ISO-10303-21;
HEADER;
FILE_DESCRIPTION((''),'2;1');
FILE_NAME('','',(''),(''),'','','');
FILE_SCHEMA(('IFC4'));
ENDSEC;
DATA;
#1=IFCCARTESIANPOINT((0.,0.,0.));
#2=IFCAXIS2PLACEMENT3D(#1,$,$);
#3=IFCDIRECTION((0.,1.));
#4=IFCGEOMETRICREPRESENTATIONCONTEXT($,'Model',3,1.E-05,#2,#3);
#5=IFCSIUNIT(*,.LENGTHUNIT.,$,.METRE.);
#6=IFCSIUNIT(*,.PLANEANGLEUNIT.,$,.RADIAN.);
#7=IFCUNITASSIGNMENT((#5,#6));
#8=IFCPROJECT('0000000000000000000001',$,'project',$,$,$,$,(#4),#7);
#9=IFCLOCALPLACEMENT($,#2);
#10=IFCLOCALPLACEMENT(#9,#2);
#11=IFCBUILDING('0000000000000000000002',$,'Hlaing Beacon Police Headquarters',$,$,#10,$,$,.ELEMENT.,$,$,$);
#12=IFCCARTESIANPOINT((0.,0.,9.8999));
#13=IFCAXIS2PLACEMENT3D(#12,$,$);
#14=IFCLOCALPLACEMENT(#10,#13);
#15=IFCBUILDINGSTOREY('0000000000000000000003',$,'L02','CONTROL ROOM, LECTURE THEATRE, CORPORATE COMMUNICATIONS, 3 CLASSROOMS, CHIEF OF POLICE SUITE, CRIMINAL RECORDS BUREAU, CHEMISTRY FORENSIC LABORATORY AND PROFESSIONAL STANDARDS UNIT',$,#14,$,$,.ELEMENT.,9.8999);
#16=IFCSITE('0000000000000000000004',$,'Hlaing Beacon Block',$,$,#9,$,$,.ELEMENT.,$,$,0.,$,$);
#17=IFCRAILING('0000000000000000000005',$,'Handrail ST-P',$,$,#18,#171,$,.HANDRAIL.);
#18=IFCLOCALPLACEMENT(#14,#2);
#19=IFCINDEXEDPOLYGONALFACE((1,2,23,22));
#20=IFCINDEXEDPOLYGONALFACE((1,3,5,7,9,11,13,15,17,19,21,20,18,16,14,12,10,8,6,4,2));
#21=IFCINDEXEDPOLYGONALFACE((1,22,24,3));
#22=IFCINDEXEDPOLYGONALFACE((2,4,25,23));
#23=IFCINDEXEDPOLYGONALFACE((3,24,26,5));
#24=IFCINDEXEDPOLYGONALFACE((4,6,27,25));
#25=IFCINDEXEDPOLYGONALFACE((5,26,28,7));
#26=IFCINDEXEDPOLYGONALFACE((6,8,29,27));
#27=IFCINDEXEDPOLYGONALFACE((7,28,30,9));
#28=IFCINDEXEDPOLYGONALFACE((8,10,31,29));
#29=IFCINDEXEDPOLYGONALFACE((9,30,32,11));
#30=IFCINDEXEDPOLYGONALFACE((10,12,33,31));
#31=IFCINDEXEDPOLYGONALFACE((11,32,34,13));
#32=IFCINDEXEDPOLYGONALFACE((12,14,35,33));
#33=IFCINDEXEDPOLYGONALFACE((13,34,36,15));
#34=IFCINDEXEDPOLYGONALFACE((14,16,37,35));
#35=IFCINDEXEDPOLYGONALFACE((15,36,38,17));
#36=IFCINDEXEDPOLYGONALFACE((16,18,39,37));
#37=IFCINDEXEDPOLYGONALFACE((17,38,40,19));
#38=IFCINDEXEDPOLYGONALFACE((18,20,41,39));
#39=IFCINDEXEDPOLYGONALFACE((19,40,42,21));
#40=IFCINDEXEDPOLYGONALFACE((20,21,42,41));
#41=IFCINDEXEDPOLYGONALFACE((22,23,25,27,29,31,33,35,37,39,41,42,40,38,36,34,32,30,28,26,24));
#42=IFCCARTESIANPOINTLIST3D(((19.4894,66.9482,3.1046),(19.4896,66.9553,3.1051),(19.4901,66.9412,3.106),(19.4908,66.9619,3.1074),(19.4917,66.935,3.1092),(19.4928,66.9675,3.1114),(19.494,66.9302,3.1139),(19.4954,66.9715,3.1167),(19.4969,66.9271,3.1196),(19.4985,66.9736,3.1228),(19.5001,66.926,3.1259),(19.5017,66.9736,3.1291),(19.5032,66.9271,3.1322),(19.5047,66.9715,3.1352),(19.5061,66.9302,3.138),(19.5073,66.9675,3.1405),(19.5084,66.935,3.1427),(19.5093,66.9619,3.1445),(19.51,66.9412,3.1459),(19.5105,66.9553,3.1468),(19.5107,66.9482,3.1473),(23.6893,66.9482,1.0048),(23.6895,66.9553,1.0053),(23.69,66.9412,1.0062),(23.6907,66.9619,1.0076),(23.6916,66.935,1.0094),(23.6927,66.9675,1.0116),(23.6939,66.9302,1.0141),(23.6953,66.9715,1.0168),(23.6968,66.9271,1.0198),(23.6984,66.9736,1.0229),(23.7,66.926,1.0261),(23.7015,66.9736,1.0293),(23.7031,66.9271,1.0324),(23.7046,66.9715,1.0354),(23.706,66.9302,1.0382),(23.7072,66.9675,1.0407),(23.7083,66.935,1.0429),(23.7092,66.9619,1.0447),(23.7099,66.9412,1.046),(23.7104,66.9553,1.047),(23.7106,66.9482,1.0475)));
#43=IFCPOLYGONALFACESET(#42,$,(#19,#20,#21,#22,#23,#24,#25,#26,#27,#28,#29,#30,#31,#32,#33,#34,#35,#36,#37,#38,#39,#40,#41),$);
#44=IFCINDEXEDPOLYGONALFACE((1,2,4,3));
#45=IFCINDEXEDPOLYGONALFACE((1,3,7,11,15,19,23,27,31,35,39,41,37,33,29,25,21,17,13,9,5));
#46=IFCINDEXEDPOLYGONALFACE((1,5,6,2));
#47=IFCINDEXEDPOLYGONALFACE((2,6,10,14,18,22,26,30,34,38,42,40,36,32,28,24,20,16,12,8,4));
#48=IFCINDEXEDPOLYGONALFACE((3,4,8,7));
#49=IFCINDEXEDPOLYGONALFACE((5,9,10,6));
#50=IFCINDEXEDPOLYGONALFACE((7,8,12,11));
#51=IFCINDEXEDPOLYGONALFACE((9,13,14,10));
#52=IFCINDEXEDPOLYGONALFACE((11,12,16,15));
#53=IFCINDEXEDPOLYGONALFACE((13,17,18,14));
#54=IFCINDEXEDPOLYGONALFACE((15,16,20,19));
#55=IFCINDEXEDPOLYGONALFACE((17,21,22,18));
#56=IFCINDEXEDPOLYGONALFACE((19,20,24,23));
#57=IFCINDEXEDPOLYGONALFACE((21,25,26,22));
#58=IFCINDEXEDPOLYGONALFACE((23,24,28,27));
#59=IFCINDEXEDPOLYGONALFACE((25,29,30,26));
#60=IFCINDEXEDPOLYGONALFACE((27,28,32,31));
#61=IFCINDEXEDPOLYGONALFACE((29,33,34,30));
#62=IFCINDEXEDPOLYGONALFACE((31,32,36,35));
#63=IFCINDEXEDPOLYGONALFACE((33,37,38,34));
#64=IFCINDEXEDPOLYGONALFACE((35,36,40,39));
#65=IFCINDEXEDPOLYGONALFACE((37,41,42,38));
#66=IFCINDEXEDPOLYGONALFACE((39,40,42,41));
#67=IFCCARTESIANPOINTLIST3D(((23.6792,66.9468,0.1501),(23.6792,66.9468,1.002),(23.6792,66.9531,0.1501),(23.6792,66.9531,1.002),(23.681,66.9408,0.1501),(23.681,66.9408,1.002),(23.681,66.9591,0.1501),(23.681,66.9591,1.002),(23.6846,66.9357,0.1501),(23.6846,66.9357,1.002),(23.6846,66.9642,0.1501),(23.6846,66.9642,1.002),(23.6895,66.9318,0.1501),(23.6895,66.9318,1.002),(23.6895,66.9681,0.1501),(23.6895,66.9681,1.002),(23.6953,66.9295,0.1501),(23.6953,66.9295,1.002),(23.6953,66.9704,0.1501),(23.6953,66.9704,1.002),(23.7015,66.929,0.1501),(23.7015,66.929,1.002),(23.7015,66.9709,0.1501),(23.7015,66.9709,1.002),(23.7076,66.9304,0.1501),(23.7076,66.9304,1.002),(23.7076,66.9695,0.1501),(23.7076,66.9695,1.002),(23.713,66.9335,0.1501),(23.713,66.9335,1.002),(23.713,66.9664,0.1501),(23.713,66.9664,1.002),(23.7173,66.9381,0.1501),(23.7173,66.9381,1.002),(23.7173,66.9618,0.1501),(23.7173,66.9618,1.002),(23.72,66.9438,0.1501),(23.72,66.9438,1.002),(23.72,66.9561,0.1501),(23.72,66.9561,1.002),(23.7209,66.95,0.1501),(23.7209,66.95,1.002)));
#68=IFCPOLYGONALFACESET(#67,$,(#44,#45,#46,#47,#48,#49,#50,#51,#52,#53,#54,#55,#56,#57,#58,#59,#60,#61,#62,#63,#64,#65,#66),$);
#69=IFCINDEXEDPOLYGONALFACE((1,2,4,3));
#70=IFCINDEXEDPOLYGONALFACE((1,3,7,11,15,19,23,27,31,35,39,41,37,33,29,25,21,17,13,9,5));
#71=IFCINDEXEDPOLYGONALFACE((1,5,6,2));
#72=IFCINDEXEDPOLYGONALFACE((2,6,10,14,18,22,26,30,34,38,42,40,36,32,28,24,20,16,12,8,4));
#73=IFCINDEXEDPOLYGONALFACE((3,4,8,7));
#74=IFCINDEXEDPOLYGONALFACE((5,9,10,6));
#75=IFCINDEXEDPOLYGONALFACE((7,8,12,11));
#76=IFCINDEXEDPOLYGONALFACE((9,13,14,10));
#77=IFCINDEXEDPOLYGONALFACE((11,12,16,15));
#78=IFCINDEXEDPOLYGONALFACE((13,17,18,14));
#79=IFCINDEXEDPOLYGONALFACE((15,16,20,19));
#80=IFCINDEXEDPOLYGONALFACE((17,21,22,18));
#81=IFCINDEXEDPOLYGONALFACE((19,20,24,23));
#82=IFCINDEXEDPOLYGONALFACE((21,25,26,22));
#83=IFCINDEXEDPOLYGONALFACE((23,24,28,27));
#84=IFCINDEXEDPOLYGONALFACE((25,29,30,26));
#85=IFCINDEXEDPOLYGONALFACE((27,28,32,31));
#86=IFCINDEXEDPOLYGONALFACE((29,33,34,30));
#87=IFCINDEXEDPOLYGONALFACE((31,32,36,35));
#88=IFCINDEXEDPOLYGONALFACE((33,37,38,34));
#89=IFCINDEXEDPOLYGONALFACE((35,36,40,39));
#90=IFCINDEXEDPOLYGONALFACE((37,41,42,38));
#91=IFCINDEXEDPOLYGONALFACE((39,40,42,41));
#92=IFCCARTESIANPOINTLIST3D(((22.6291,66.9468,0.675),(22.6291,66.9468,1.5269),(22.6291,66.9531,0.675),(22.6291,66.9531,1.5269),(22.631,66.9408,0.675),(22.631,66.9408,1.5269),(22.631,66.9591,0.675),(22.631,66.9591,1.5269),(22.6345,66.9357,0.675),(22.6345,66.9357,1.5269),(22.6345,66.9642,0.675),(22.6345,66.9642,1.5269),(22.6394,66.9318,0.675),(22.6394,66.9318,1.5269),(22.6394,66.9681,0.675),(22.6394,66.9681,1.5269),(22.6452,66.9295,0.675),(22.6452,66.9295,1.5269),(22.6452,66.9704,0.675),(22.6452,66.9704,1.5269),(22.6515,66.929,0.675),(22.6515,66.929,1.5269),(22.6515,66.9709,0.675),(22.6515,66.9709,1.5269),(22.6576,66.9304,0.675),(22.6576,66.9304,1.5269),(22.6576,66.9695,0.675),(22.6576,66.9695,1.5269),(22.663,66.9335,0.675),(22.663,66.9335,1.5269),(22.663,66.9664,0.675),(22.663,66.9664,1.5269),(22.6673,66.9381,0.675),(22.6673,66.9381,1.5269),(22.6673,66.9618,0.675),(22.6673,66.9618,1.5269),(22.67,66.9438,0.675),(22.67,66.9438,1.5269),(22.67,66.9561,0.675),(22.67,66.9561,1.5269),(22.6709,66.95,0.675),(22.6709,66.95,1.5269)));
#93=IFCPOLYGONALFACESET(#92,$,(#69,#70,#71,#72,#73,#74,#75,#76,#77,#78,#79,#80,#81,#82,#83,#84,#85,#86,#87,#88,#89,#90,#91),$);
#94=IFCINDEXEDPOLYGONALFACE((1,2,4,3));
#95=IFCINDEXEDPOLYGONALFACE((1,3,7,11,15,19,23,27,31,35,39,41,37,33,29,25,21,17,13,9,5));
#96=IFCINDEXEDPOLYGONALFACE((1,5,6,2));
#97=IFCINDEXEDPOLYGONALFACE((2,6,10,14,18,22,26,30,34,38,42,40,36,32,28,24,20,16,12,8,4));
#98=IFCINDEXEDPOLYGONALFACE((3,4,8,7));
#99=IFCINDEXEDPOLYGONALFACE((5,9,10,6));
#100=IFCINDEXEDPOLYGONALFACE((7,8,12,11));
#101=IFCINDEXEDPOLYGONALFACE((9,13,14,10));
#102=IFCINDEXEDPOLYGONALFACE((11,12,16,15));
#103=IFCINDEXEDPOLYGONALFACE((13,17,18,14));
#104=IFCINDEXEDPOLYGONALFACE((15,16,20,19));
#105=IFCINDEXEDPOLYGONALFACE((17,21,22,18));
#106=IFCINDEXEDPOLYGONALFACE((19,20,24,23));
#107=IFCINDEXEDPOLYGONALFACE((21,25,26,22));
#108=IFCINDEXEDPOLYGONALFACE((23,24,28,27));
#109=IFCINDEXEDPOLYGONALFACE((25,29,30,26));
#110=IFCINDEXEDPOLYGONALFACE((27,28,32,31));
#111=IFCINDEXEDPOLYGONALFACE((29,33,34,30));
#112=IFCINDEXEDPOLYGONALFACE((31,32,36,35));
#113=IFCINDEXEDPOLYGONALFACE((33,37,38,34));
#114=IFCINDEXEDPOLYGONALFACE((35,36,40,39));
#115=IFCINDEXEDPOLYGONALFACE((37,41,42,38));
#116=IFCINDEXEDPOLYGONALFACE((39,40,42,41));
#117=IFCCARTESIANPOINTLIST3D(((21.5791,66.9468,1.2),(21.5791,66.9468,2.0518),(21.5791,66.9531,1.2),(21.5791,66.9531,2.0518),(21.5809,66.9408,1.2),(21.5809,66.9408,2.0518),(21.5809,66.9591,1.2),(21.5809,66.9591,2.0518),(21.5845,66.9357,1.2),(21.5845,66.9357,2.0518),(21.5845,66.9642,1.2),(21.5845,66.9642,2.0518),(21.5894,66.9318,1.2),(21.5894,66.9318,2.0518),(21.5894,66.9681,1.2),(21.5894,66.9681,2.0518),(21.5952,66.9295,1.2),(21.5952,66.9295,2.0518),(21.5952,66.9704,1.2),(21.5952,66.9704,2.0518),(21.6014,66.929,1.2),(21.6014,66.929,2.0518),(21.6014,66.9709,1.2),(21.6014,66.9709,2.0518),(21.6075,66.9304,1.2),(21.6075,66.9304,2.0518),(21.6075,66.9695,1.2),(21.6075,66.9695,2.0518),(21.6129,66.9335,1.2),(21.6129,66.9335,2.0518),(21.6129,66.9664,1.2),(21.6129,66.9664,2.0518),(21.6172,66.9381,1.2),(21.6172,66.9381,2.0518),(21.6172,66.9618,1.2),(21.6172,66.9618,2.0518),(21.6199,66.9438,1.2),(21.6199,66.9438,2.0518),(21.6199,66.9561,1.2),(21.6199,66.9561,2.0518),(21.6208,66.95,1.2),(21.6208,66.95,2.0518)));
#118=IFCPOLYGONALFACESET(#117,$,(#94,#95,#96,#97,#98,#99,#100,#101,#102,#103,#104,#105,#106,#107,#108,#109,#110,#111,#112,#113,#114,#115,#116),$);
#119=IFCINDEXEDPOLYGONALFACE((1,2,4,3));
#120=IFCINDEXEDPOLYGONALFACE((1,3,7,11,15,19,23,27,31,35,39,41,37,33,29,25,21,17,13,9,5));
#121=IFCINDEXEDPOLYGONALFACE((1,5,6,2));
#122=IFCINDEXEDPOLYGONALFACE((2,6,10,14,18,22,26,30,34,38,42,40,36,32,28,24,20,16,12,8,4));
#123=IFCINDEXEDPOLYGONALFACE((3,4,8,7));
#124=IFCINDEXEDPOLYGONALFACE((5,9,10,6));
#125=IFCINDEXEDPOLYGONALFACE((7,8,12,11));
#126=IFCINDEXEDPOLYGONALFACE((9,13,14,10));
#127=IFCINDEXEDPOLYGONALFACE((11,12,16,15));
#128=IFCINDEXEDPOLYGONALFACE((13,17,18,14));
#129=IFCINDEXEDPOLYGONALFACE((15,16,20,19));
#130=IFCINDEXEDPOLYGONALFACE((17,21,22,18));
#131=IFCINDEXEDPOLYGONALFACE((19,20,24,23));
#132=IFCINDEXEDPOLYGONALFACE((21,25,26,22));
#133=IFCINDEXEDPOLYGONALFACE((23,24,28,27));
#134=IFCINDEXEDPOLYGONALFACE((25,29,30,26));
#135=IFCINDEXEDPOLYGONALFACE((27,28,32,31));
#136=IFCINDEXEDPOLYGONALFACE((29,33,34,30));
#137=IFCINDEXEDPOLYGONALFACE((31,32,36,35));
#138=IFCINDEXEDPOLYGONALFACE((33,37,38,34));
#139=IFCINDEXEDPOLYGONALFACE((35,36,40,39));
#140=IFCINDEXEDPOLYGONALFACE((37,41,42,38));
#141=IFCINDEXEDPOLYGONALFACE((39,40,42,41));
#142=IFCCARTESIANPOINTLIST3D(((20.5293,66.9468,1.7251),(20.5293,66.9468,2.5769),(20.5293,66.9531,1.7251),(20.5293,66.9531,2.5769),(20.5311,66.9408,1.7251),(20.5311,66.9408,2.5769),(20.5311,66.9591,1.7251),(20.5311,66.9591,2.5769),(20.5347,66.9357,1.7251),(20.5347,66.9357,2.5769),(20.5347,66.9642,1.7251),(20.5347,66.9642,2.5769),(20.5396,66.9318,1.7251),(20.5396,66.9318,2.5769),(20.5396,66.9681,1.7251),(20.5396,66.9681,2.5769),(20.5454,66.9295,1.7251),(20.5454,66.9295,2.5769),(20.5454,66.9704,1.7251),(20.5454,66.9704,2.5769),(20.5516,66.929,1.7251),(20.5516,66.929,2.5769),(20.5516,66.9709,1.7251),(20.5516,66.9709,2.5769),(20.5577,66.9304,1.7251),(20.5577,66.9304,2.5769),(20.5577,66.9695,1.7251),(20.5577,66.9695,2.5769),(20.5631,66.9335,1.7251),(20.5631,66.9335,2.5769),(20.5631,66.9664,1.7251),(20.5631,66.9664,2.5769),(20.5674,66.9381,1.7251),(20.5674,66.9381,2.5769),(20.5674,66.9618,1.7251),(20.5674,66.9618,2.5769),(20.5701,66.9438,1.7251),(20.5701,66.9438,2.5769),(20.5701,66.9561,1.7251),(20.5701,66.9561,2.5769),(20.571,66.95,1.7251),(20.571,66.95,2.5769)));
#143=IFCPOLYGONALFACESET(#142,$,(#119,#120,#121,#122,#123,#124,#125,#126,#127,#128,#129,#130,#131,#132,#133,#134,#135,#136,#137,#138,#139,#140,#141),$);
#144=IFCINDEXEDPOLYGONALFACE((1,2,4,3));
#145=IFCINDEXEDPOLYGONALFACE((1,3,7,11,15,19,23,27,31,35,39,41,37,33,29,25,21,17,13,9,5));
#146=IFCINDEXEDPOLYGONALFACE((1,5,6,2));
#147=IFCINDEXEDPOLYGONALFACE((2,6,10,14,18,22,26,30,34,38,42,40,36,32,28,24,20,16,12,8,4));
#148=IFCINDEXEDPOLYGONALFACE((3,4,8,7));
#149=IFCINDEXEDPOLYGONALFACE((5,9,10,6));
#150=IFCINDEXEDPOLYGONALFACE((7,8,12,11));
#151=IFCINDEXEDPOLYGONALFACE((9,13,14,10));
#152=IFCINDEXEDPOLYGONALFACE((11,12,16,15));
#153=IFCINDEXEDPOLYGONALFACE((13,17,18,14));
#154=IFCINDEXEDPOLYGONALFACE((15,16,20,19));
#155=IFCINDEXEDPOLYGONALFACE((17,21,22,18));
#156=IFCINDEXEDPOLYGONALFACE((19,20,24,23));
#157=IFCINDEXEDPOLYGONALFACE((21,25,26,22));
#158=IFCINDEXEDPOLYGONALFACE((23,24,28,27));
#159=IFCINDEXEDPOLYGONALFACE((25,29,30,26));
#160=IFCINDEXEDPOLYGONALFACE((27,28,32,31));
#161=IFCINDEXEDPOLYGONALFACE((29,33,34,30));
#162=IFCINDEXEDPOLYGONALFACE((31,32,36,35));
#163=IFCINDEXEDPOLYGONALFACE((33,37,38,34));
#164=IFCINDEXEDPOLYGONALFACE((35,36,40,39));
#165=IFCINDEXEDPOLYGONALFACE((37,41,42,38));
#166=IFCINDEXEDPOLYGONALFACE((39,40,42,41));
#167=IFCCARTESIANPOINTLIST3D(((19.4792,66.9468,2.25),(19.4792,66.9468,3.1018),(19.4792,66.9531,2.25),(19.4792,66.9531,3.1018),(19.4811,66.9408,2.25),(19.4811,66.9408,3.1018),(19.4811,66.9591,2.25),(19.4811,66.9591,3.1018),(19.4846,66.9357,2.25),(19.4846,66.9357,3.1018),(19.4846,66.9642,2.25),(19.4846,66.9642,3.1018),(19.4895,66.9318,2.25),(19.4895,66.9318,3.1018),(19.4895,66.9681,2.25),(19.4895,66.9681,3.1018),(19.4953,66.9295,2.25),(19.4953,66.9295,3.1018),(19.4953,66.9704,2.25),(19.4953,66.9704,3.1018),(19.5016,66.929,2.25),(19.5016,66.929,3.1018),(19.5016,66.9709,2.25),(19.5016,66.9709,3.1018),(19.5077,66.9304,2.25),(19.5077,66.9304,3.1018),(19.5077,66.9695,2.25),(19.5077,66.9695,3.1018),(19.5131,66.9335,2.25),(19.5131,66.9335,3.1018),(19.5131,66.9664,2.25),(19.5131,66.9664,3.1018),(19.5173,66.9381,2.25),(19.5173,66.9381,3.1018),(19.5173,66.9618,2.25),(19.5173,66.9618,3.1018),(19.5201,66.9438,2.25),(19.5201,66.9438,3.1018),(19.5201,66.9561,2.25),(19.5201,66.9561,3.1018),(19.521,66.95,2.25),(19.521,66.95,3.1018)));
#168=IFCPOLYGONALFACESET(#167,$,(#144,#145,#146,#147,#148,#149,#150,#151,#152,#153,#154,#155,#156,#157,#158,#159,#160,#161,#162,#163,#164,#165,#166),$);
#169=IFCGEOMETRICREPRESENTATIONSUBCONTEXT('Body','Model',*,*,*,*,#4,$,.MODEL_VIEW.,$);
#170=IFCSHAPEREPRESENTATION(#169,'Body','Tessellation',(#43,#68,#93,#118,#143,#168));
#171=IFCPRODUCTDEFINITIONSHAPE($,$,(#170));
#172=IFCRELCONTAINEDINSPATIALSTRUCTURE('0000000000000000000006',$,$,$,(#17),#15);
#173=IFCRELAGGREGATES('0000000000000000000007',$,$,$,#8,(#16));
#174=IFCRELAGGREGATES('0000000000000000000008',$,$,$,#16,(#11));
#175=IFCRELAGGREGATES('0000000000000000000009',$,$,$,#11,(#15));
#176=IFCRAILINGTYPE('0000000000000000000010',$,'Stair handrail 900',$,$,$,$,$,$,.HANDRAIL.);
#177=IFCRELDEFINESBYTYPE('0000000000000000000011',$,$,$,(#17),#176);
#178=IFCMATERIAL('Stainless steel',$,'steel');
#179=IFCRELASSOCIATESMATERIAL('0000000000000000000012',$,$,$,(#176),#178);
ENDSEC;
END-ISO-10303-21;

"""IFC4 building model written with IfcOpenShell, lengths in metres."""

from ifc_helpers import new_model, si_unit, direction, frame, origin, origin_2d, place, context, subcontext, project, spatial, circle, extrude, material, type_object, element, save


model = new_model("IFC4")

# Units and contexts
model_context = context("Model", 3, precision=1e-05, world=origin(), true_north=direction((0.0, 1.0)))
body_context = subcontext(model_context, "Body", "Model", "MODEL_VIEW")
ifc_project = project(units=[si_unit("LENGTHUNIT", "METRE"), si_unit("PLANEANGLEUNIT", "RADIAN")], contexts=[model_context])

# Site, building, storey
site_placement = place(None, origin())
site = spatial("IfcSite", under=ifc_project, at=site_placement, Name="Hlaing Beacon Block", CompositionType="ELEMENT", RefElevation=0.0)
building_placement = place(site_placement, origin())
building = spatial("IfcBuilding", under=site, at=building_placement, Name="Hlaing Beacon Police Headquarters", CompositionType="ELEMENT")
storey_placement = place(building_placement, frame((0.0, 0.0, 9.8999)))
storey = spatial("IfcBuildingStorey", under=building, at=storey_placement, Name="L02", Description="CONTROL ROOM, LECTURE THEATRE, CORPORATE COMMUNICATIONS, 3 CLASSROOMS, CHIEF OF POLICE SUITE, CRIMINAL RECORDS BUREAU, CHEMISTRY FORENSIC LABORATORY AND PROFESSIONAL STANDARDS UNIT", CompositionType="ELEMENT", Elevation=9.8999)

# Railing
ifc_material_1 = material(Name="Stainless steel", Category="steel")
railing_type_1 = type_object("IfcRailingType", Name="Stair handrail 900", PredefinedType="HANDRAIL", material=ifc_material_1)
for number, where, name in (
    (1, (23.7, 66.95, 0.1501), "Handrail ST-P"),
):
    element("IfcRailing", number, at=place(storey_placement, frame(where)), inside=storey, type_object=railing_type_1, Name=name, PredefinedType="HANDRAIL", context=body_context, shape_type="SweptSolid", body=[
        extrude(circle(Radius=0.0239, at=origin_2d()), frame((0.0, 0.0, 0.876), z_axis=(-0.894438, 0.0, 0.447193), x_axis=(0.0, -1.0, 0.0)), (0.0, 0.0, 1.0), 4.6956),
        extrude(circle(Radius=0.021, at=origin_2d()), origin(), (0.0, 0.0, 1.0), 0.8518),
        extrude(circle(Radius=0.021, at=origin_2d()), frame((-1.05, 0.0, 0.5249)), (0.0, 0.0, 1.0), 0.8518),
        extrude(circle(Radius=0.021, at=origin_2d()), frame((-2.1001, 0.0, 1.0498)), (0.0, 0.0, 1.0), 0.8518),
        extrude(circle(Radius=0.021, at=origin_2d()), frame((-3.1499, 0.0, 1.575)), (0.0, 0.0, 1.0), 0.8518),
        extrude(circle(Radius=0.021, at=origin_2d()), frame((-4.2, 0.0, 2.0999)), (0.0, 0.0, 1.0), 0.8518),
    ])

save(model, "model.ifc")
